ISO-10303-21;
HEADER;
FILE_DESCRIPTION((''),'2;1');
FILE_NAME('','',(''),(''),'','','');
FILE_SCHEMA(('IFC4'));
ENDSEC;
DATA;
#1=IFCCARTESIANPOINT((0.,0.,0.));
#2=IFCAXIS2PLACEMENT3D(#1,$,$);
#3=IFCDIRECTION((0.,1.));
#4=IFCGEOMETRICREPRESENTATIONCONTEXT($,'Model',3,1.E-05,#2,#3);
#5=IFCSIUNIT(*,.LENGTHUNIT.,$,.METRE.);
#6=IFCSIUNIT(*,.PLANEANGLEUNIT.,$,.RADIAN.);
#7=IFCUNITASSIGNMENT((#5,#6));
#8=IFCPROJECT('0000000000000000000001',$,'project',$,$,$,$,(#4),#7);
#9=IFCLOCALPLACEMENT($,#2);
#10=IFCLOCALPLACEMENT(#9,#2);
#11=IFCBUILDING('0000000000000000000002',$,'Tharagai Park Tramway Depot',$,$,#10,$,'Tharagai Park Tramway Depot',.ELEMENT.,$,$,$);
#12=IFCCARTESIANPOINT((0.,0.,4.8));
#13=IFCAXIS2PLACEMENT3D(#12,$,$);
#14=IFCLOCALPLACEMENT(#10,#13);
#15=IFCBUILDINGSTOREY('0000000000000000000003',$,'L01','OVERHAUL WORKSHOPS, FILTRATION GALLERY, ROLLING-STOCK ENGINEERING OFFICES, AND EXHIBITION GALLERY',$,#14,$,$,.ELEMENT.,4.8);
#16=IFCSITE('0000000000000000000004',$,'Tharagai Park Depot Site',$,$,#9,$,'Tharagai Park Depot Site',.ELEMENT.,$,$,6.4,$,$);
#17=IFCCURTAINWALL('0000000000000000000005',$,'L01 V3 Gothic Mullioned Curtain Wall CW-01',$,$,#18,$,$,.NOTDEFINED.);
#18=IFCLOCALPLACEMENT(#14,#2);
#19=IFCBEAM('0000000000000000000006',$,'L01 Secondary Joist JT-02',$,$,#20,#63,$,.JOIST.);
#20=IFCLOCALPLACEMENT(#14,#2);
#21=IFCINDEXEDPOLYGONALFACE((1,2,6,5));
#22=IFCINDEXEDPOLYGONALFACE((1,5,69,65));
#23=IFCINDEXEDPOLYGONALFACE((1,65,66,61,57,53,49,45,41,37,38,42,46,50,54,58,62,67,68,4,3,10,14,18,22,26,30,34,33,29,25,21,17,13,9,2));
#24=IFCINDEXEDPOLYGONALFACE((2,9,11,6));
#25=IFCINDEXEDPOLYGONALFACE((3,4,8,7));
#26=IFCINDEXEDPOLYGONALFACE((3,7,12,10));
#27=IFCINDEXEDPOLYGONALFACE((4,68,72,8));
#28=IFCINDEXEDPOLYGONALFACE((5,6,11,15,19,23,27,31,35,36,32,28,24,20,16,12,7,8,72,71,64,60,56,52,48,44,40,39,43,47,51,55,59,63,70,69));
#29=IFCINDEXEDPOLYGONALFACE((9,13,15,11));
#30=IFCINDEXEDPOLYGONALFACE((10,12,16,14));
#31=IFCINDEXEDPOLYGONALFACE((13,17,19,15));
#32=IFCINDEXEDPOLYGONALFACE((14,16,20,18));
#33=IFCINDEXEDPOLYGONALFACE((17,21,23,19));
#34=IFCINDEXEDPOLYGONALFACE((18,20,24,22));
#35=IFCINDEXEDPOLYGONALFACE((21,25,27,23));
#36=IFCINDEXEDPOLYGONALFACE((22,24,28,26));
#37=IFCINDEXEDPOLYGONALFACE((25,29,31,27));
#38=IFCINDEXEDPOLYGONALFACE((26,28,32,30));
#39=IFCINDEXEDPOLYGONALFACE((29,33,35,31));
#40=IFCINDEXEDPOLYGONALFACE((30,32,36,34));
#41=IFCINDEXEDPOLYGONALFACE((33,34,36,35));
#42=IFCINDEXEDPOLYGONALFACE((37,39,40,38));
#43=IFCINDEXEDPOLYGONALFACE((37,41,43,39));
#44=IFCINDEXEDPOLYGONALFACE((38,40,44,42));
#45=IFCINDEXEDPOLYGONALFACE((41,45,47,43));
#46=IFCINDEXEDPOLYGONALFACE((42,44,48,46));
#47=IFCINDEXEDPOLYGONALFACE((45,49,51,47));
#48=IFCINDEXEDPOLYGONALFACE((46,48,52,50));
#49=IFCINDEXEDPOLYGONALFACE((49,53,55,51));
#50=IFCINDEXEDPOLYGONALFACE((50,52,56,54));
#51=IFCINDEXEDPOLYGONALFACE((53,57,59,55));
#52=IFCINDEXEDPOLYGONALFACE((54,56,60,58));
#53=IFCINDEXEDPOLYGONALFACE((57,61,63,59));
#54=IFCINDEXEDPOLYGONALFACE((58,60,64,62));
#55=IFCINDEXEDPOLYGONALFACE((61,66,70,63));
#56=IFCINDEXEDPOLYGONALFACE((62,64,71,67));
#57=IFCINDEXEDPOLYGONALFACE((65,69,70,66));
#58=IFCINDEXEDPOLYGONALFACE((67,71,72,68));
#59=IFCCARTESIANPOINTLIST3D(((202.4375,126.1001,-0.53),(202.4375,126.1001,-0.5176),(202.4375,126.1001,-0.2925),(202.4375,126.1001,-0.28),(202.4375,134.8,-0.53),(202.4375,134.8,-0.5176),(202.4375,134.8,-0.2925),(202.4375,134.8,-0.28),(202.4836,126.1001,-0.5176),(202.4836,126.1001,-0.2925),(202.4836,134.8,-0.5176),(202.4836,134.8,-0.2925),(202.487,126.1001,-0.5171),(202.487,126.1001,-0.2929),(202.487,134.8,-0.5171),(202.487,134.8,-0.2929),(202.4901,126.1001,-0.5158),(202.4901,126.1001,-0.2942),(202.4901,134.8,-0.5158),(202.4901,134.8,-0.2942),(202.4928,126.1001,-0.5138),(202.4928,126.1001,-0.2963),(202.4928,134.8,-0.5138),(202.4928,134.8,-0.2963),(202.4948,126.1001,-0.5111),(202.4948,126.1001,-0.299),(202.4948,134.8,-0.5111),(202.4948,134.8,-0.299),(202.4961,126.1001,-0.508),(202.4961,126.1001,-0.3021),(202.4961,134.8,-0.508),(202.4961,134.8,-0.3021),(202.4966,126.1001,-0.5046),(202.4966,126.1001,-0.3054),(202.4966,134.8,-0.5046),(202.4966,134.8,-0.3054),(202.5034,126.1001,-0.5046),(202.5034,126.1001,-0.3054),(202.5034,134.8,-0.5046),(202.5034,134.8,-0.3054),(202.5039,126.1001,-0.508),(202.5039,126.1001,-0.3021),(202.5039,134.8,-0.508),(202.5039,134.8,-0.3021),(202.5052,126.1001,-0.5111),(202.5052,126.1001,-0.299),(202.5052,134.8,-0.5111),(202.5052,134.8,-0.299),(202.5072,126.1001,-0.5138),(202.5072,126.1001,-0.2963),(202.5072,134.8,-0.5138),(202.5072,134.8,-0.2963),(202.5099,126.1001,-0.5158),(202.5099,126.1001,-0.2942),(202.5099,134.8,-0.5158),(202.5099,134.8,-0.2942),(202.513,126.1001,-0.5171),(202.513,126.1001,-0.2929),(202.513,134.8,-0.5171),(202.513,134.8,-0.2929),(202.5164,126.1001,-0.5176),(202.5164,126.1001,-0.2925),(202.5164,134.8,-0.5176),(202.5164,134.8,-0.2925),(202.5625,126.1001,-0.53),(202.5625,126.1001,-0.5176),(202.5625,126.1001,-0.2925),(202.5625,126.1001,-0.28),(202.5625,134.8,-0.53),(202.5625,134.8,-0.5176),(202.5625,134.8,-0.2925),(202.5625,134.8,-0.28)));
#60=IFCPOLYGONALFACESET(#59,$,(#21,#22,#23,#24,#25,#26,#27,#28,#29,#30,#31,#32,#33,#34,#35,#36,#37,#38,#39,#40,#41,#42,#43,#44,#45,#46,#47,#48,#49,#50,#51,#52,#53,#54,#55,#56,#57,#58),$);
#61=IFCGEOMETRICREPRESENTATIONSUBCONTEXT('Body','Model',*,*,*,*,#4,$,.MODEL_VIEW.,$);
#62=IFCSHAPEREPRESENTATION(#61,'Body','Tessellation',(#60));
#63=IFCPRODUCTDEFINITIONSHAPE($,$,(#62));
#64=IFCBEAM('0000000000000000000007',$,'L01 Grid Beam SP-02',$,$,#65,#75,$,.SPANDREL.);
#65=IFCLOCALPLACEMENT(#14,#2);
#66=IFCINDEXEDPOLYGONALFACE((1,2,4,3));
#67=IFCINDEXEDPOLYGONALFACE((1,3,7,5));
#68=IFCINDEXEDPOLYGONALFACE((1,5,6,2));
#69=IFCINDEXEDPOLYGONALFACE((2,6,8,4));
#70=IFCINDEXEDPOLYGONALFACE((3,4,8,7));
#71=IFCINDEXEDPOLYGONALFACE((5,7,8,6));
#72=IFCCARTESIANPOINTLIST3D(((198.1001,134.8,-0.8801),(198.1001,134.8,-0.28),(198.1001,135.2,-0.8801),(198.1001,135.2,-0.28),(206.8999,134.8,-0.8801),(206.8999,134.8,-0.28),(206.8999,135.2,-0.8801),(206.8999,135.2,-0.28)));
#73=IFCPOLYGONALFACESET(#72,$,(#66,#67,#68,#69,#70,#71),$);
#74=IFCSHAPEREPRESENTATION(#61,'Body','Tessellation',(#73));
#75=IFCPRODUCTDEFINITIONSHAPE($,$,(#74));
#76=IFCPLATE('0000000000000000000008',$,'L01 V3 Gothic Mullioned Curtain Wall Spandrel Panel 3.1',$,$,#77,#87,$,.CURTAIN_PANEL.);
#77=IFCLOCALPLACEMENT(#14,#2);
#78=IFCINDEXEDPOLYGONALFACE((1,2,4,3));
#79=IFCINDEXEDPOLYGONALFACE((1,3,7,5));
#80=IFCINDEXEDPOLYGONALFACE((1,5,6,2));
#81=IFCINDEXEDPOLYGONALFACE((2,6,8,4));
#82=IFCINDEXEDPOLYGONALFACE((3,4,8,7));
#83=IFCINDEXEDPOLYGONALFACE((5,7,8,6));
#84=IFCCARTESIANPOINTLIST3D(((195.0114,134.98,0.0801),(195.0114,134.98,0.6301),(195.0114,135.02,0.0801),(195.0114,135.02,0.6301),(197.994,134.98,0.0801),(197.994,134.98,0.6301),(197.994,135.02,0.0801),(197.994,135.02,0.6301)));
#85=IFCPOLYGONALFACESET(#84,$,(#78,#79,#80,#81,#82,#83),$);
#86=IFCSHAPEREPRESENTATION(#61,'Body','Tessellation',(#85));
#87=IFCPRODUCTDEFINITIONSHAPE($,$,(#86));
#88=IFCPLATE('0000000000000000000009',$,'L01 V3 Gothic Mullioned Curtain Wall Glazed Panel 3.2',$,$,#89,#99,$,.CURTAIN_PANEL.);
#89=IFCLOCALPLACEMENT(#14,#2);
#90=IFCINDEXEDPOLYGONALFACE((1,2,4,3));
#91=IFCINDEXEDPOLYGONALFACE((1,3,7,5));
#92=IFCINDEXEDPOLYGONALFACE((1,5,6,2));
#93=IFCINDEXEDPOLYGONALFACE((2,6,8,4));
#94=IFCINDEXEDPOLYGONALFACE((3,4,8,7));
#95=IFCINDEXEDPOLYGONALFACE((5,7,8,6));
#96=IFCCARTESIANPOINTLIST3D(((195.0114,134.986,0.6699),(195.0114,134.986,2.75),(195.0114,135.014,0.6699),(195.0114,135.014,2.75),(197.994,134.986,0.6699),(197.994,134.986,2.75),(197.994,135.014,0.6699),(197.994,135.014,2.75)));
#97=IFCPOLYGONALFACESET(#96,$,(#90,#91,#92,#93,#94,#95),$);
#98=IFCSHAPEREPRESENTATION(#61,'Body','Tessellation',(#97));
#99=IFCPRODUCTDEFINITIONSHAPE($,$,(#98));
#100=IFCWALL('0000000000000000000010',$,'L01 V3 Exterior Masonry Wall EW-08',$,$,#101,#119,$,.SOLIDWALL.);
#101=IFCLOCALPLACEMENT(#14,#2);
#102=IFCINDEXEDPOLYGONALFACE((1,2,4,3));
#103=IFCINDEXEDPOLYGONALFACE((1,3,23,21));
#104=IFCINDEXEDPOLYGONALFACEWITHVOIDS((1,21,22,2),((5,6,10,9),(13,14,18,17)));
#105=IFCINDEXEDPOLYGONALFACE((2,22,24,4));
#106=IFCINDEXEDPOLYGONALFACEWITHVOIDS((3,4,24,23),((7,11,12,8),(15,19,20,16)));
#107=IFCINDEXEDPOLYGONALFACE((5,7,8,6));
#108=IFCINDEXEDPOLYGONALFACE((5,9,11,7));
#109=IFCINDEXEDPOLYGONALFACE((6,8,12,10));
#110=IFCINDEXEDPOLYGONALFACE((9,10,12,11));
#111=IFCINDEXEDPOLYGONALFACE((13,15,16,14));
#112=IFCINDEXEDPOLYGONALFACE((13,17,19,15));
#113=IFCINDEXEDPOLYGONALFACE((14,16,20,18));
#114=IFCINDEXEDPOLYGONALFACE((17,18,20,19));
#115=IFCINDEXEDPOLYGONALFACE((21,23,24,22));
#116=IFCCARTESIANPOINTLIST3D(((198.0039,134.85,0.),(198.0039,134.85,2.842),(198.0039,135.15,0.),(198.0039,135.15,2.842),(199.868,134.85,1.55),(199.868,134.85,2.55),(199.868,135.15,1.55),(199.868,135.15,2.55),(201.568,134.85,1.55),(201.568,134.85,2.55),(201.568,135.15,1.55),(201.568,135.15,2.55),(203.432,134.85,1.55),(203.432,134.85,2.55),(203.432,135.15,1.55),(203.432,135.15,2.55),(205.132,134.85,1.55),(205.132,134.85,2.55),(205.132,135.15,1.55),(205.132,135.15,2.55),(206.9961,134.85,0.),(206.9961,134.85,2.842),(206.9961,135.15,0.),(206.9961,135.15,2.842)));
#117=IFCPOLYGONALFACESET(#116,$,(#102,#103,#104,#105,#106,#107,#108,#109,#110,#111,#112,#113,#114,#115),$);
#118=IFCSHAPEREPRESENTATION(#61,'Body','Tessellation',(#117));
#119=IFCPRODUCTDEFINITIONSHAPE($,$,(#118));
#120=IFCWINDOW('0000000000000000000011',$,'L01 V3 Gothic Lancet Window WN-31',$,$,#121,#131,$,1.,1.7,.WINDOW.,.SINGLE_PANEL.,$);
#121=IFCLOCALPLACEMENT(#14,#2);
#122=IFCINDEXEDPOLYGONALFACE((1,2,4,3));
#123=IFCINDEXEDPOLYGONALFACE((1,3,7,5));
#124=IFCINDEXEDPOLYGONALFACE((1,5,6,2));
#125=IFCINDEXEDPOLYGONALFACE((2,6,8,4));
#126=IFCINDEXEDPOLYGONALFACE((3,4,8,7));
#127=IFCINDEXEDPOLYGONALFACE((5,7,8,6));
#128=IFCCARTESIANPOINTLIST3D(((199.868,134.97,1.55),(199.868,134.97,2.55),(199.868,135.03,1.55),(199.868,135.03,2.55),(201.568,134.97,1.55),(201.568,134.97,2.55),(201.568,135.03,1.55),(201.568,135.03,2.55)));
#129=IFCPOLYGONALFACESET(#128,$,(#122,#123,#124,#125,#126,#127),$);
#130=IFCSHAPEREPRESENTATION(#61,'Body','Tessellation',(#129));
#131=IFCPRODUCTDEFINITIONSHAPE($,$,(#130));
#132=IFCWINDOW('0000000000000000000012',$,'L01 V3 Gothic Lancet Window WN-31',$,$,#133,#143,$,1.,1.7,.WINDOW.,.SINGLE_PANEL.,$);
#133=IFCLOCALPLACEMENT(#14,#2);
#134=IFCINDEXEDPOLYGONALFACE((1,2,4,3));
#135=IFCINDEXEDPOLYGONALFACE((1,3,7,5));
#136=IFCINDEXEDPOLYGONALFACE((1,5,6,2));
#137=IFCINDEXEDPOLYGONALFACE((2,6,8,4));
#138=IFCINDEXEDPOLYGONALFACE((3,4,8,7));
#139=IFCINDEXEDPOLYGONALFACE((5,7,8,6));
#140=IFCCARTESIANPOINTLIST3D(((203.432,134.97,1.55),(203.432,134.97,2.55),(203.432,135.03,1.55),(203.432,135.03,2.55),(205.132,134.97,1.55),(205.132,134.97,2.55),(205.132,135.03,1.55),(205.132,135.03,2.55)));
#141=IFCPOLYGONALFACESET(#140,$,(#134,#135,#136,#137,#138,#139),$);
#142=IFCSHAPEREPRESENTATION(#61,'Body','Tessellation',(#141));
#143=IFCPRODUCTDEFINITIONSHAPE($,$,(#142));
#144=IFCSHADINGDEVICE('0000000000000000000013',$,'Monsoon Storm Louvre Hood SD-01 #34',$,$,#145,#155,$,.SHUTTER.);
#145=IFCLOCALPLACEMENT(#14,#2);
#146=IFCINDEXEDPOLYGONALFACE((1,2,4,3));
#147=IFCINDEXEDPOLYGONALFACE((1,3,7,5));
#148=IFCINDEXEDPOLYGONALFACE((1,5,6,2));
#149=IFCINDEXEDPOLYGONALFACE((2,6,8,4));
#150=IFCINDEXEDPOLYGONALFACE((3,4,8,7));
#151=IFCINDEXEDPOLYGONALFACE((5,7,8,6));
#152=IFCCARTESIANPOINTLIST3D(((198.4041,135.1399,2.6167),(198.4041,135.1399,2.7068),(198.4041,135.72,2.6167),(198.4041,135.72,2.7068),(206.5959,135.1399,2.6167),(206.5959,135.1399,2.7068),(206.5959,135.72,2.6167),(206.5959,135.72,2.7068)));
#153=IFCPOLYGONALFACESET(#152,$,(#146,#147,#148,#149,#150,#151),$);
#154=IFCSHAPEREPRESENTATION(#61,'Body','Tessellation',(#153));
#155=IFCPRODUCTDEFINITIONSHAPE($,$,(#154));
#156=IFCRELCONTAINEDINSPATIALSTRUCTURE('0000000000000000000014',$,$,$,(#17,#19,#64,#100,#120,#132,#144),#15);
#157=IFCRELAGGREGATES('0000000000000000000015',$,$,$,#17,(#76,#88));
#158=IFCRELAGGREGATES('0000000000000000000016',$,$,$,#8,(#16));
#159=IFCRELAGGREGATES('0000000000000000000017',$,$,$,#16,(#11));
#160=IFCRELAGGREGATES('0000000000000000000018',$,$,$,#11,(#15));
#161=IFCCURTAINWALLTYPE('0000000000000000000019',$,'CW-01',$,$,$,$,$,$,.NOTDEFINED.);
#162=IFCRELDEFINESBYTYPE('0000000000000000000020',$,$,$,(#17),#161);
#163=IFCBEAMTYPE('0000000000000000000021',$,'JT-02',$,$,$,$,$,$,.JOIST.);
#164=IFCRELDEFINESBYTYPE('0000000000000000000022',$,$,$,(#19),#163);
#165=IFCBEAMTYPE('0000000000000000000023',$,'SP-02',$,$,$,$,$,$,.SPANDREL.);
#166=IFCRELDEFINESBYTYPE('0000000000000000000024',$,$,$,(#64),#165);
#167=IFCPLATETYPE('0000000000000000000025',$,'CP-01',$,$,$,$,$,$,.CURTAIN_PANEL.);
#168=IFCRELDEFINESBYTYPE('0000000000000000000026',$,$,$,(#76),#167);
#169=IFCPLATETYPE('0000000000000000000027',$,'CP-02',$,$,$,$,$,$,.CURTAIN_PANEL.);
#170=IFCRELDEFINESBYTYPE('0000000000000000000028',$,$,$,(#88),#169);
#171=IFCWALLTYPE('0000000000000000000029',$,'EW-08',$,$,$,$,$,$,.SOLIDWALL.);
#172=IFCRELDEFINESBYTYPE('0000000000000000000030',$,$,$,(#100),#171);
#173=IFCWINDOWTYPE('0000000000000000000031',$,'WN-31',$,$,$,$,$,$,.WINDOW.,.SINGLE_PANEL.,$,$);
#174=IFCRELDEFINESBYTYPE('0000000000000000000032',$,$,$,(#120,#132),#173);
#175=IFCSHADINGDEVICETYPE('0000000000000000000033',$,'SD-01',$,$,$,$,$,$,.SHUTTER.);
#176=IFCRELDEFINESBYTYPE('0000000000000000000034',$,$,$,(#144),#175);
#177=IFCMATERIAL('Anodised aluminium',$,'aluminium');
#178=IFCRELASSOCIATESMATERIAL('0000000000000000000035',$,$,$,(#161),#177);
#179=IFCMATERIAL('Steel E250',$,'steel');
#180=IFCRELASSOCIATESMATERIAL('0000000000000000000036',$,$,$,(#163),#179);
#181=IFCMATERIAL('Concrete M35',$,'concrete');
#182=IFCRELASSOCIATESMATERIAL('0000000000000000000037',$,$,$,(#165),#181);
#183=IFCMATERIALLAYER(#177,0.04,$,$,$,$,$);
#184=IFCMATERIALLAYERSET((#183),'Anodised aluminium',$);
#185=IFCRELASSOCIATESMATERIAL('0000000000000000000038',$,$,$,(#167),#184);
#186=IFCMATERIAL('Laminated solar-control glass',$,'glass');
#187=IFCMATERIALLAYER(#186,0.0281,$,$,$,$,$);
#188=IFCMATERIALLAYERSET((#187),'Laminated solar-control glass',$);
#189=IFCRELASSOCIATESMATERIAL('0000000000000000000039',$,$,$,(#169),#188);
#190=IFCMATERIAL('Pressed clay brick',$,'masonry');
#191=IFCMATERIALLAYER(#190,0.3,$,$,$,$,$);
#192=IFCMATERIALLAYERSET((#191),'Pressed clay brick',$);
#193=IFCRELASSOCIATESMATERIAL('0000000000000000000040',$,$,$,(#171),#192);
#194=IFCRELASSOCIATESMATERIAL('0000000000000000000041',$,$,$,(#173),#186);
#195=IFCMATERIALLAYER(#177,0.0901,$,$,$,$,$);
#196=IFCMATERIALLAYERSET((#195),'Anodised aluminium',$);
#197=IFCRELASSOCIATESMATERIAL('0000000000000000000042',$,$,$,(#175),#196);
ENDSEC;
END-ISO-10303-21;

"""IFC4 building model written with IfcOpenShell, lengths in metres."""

from ifc_helpers import new_model, si_unit, direction, frame, frame_2d, origin, origin_2d, place, context, subcontext, project, spatial, rectangle, i_section, extrude, material, layer, layer_set, material_profile, profile_set, type_object, element, fill, aggregate, save


model = new_model("IFC4")

# Units and contexts
model_context = context("Model", 3, precision=1e-05, world=origin(), true_north=direction((0.0, 1.0)))
body_context = subcontext(model_context, "Body", "Model", "MODEL_VIEW")
ifc_project = project(units=[si_unit("LENGTHUNIT", "METRE"), si_unit("PLANEANGLEUNIT", "RADIAN")], contexts=[model_context])

# Site, building, storey
site_placement = place(None, origin())
site = spatial("IfcSite", under=ifc_project, at=site_placement, Name="Tharagai Park Depot Site", LongName="Tharagai Park Depot Site", CompositionType="ELEMENT", RefElevation=6.4)
building_placement = place(site_placement, origin())
building = spatial("IfcBuilding", under=site, at=building_placement, Name="Tharagai Park Tramway Depot", LongName="Tharagai Park Tramway Depot", CompositionType="ELEMENT")
storey_placement = place(building_placement, frame((0.0, 0.0, 4.8)))
storey = spatial("IfcBuildingStorey", under=building, at=storey_placement, Name="L01", Description="OVERHAUL WORKSHOPS, FILTRATION GALLERY, ROLLING-STOCK ENGINEERING OFFICES, AND EXHIBITION GALLERY", CompositionType="ELEMENT", Elevation=4.8)

# Curtain wall
ifc_material_1 = material(Name="Anodised aluminium", Category="aluminium")
curtain_wall_type = type_object("IfcCurtainWallType", Name="CW-01", PredefinedType="NOTDEFINED", material=ifc_material_1)
curtain_wall_placement = place(storey_placement, origin())
curtain_wall = element("IfcCurtainWall", 1, at=curtain_wall_placement, inside=storey, type_object=curtain_wall_type, Name="L01 V3 Gothic Mullioned Curtain Wall CW-01", PredefinedType="NOTDEFINED")

# Beams
ifc_material_2 = material(Name="Steel E250", Category="steel")
ifc_material_profile_1 = material_profile(ifc_material_2, i_section(OverallWidth=0.125, OverallDepth=0.25, WebThickness=0.0068, FlangeThickness=0.0125, FilletRadius=0.0129, at=origin_2d()), Name="ISMB 250")
ifc_profile_set_1 = profile_set([ifc_material_profile_1], Name="Steel E250")
beam_type_1 = type_object("IfcBeamType", Name="JT-02", PredefinedType="JOIST", material=ifc_profile_set_1)
beam_1_placement = place(storey_placement, frame((202.5, 126.1001, -0.405), z_axis=(0.0, 1.0, 0.0), x_axis=(-1.0, 0.0, 0.0)))
element("IfcBeam", 2, at=beam_1_placement, inside=storey, type_object=beam_type_1, Name="L01 Secondary Joist JT-02", PredefinedType="JOIST", context=body_context, shape_type="SweptSolid", body=[
    extrude(i_section(OverallWidth=0.125, OverallDepth=0.25, WebThickness=0.0068, FlangeThickness=0.0125, FilletRadius=0.0129, at=origin_2d()), origin(), (0.0, 0.0, 1.0), 8.7),
])
ifc_material_3 = material(Name="Concrete M35", Category="concrete")
ifc_material_profile_2 = material_profile(ifc_material_3, rectangle(XDim=0.3999, YDim=0.6001, at=origin_2d()), Name="RC 400x600")
ifc_profile_set_2 = profile_set([ifc_material_profile_2], Name="Concrete M35")
beam_type_2 = type_object("IfcBeamType", Name="SP-02", PredefinedType="SPANDREL", material=ifc_profile_set_2)
beam_2_placement = place(storey_placement, frame((198.1001, 135.0, -0.5801), z_axis=(1.0, 0.0, 0.0), x_axis=(0.0, 1.0, 0.0)))
element("IfcBeam", 3, at=beam_2_placement, inside=storey, type_object=beam_type_2, Name="L01 Grid Beam SP-02", PredefinedType="SPANDREL", context=body_context, shape_type="SweptSolid", body=[
    extrude(rectangle(XDim=0.3999, YDim=0.6001, at=origin_2d()), origin(), (0.0, 0.0, 1.0), 8.7998),
])

# Plates
ifc_layer_1 = layer(ifc_material_1, 0.04)
ifc_layer_set_1 = layer_set([ifc_layer_1], Name="Anodised aluminium")
plate_type_1 = type_object("IfcPlateType", Name="CP-01", PredefinedType="CURTAIN_PANEL", material=ifc_layer_set_1)
plate_1_placement = place(storey_placement, frame((196.5027, 135.0, 0.0801), z_axis=(0.0, 0.0, 1.0), x_axis=(1.0, 0.0, 0.0)))
plate_1 = element("IfcPlate", 4, at=plate_1_placement, type_object=plate_type_1, Name="L01 V3 Gothic Mullioned Curtain Wall Spandrel Panel 3.1", PredefinedType="CURTAIN_PANEL", context=body_context, shape_type="SweptSolid", body=[
    extrude(rectangle(XDim=2.9827, YDim=0.04, at=origin_2d()), origin(), (0.0, 0.0, 1.0), 0.55),
])
ifc_material_4 = material(Name="Laminated solar-control glass", Category="glass")
ifc_layer_2 = layer(ifc_material_4, 0.0281)
ifc_layer_set_2 = layer_set([ifc_layer_2], Name="Laminated solar-control glass")
plate_type_2 = type_object("IfcPlateType", Name="CP-02", PredefinedType="CURTAIN_PANEL", material=ifc_layer_set_2)
plate_2_placement = place(storey_placement, frame((196.5027, 135.0, 0.6699), z_axis=(0.0, 0.0, 1.0), x_axis=(1.0, 0.0, 0.0)))
plate_2 = element("IfcPlate", 5, at=plate_2_placement, type_object=plate_type_2, Name="L01 V3 Gothic Mullioned Curtain Wall Glazed Panel 3.2", PredefinedType="CURTAIN_PANEL", context=body_context, shape_type="SweptSolid", body=[
    extrude(rectangle(XDim=2.9827, YDim=0.0281, at=origin_2d()), origin(), (0.0, 0.0, 1.0), 2.0801),
])
aggregate(curtain_wall, [plate_1, plate_2])

# Wall, openings, windows
ifc_material_5 = material(Name="Pressed clay brick", Category="masonry")
ifc_layer_3 = layer(ifc_material_5, 0.3)
ifc_layer_set_3 = layer_set([ifc_layer_3], Name="Pressed clay brick")
wall_type = type_object("IfcWallType", Name="EW-08", PredefinedType="SOLIDWALL", material=ifc_layer_set_3)
wall_placement = place(storey_placement, frame((198.0039, 135.0, 0.0), z_axis=(0.0, 0.0, 1.0), x_axis=(1.0, 0.0, 0.0)))
wall = element("IfcWall", 6, at=wall_placement, inside=storey, type_object=wall_type, Name="L01 V3 Exterior Masonry Wall EW-08", PredefinedType="SOLIDWALL", context=body_context, shape_type="SweptSolid", body=[
    extrude(rectangle(XDim=8.9922, YDim=0.3, at=frame_2d((4.4961, 0.0))), origin(), (0.0, 0.0, 1.0), 2.842),
])
opening_1_placement = place(wall_placement, frame((1.864, 0.0, 1.55)))
opening_1 = element("IfcOpeningElement", 7, at=opening_1_placement, cuts=wall, PredefinedType="OPENING", context=body_context, shape_type="SweptSolid", body=[
    extrude(rectangle(XDim=1.7, YDim=1.0, at=frame_2d((0.8501, 0.5))), frame((0.0, 0.1599, 0.0), z_axis=(0.0, -1.0, 0.0), x_axis=(1.0, 0.0, 0.0)), (0.0, 0.0, 1.0), 0.3201),
])
opening_2_placement = place(wall_placement, frame((5.428, 0.0, 1.55)))
opening_2 = element("IfcOpeningElement", 8, at=opening_2_placement, cuts=wall, PredefinedType="OPENING", context=body_context, shape_type="SweptSolid", body=[
    extrude(rectangle(XDim=1.7, YDim=1.0, at=frame_2d((0.8501, 0.5))), frame((0.0, 0.1599, 0.0), z_axis=(0.0, -1.0, 0.0), x_axis=(1.0, 0.0, 0.0)), (0.0, 0.0, 1.0), 0.3201),
])
window_type = type_object("IfcWindowType", Name="WN-31", PartitioningType="SINGLE_PANEL", PredefinedType="WINDOW", material=ifc_material_4)
window_1_placement = place(opening_1_placement, origin())
window_1 = element("IfcWindow", 9, at=window_1_placement, inside=storey, type_object=window_type, Name="L01 V3 Gothic Lancet Window WN-31", OverallHeight=1.0, OverallWidth=1.7, PartitioningType="SINGLE_PANEL", PredefinedType="WINDOW", context=body_context, shape_type="SweptSolid", body=[
    extrude(rectangle(XDim=1.7, YDim=1.0, at=frame_2d((0.8501, 0.5))), frame((0.0, 0.03, 0.0), z_axis=(0.0, -1.0, 0.0), x_axis=(1.0, 0.0, 0.0)), (0.0, 0.0, 1.0), 0.0601),
])
fill(opening_1, window_1)
window_2_placement = place(opening_2_placement, origin())
window_2 = element("IfcWindow", 10, at=window_2_placement, inside=storey, type_object=window_type, Name="L01 V3 Gothic Lancet Window WN-31", OverallHeight=1.0, OverallWidth=1.7, PartitioningType="SINGLE_PANEL", PredefinedType="WINDOW", context=body_context, shape_type="SweptSolid", body=[
    extrude(rectangle(XDim=1.7, YDim=1.0, at=frame_2d((0.8501, 0.5))), frame((0.0, 0.03, 0.0), z_axis=(0.0, -1.0, 0.0), x_axis=(1.0, 0.0, 0.0)), (0.0, 0.0, 1.0), 0.0601),
])
fill(opening_2, window_2)

# Shading device
ifc_layer_4 = layer(ifc_material_1, 0.0901)
ifc_layer_set_4 = layer_set([ifc_layer_4], Name="Anodised aluminium")
shading_device_type = type_object("IfcShadingDeviceType", Name="SD-01", PredefinedType="SHUTTER", material=ifc_layer_set_4)
shading_device_placement = place(storey_placement, frame((202.5, 135.4299, 2.6167), z_axis=(0.0, 0.0, 1.0), x_axis=(1.0, 0.0, 0.0)))
element("IfcShadingDevice", 11, at=shading_device_placement, inside=storey, type_object=shading_device_type, Name="Monsoon Storm Louvre Hood SD-01 #34", PredefinedType="SHUTTER", context=body_context, shape_type="SweptSolid", body=[
    extrude(rectangle(XDim=8.1919, YDim=0.5801, at=origin_2d()), origin(), (0.0, 0.0, 1.0), 0.0901),
])

save(model, "model.ifc")
